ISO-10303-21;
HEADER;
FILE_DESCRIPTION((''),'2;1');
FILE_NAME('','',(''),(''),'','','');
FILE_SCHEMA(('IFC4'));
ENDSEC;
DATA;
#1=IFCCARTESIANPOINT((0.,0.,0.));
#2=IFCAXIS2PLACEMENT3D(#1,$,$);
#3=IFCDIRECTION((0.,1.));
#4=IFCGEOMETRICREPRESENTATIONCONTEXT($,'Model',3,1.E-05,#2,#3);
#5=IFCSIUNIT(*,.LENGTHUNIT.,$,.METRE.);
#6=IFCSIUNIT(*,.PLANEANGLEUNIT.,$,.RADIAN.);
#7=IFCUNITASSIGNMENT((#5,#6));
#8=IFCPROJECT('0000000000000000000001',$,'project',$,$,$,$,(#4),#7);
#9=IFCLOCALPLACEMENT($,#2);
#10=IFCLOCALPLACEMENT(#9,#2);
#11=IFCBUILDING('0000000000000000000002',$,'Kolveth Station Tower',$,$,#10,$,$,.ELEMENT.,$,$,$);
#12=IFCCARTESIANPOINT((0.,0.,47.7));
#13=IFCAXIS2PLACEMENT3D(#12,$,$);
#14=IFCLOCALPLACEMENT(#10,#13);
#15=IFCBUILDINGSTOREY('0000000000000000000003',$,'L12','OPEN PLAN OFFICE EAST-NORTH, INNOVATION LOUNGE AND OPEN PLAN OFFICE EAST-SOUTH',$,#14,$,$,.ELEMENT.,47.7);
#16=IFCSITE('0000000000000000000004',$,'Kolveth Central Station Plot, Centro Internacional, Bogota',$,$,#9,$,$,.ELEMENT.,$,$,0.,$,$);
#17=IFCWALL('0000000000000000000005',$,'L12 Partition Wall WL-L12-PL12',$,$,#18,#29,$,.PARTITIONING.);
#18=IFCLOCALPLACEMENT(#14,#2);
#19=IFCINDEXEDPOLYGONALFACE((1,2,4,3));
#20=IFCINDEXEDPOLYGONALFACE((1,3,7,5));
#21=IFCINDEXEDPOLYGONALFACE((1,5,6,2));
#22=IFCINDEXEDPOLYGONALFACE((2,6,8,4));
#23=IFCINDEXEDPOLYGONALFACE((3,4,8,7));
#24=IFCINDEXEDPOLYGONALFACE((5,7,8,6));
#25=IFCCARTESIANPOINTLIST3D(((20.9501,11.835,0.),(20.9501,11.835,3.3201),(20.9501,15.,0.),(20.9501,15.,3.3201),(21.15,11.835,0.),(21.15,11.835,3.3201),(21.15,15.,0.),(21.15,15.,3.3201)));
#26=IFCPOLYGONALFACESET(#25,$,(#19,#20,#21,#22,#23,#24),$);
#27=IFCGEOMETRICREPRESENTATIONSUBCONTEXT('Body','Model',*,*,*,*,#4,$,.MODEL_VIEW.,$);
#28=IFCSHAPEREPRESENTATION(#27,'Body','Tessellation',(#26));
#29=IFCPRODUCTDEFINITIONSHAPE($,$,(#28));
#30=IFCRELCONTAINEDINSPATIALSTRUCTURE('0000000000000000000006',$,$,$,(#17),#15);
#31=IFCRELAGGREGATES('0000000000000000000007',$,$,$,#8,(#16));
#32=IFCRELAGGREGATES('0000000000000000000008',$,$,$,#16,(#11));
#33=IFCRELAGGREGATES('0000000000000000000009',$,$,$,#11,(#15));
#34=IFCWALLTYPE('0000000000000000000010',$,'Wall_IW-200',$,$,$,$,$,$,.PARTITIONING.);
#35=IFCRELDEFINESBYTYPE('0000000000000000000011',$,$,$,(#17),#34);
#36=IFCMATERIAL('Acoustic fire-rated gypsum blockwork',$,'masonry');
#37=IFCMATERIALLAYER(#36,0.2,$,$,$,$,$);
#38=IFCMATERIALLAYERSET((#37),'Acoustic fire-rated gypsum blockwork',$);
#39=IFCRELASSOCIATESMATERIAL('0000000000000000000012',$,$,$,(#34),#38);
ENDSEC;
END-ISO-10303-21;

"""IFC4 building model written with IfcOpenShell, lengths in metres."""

from ifc_helpers import new_model, si_unit, direction, frame, frame_2d, origin, place, context, subcontext, project, spatial, rectangle, extrude, material, layer, layer_set, type_object, element, save


model = new_model("IFC4")

# Units and contexts
model_context = context("Model", 3, precision=1e-05, world=origin(), true_north=direction((0.0, 1.0)))
body_context = subcontext(model_context, "Body", "Model", "MODEL_VIEW")
ifc_project = project(units=[si_unit("LENGTHUNIT", "METRE"), si_unit("PLANEANGLEUNIT", "RADIAN")], contexts=[model_context])

# Site, building, storey
site_placement = place(None, origin())
site = spatial("IfcSite", under=ifc_project, at=site_placement, Name="Kolveth Central Station Plot, Centro Internacional, Bogota", CompositionType="ELEMENT", RefElevation=0.0)
building_placement = place(site_placement, origin())
building = spatial("IfcBuilding", under=site, at=building_placement, Name="Kolveth Station Tower", CompositionType="ELEMENT")
storey_placement = place(building_placement, frame((0.0, 0.0, 47.7)))
storey = spatial("IfcBuildingStorey", under=building, at=storey_placement, Name="L12", Description="OPEN PLAN OFFICE EAST-NORTH, INNOVATION LOUNGE AND OPEN PLAN OFFICE EAST-SOUTH", CompositionType="ELEMENT", Elevation=47.7)

# Shared definitions
ifc_material_1 = material(Name="Acoustic fire-rated gypsum blockwork", Category="masonry")
ifc_layer_1 = layer(ifc_material_1, 0.2)
ifc_layer_set_1 = layer_set([ifc_layer_1], Name="Acoustic fire-rated gypsum blockwork")
wall_type_1 = type_object("IfcWallType", Name="Wall_IW-200", PredefinedType="PARTITIONING", material=ifc_layer_set_1)

# Wall
wall_1_placement = place(storey_placement, frame((21.05, 11.835, 0.0), z_axis=(0.0, 0.0, 1.0), x_axis=(0.0, 1.0, 0.0)))
element("IfcWall", 1, at=wall_1_placement, inside=storey, type_object=wall_type_1, Name="L12 Partition Wall WL-L12-PL12", PredefinedType="PARTITIONING", context=body_context, shape_type="SweptSolid", body=[
    extrude(rectangle(XDim=3.165, YDim=0.2, at=frame_2d((1.5825, 0.0))), origin(), (0.0, 0.0, 1.0), 3.3201),
])

save(model, "model.ifc")
